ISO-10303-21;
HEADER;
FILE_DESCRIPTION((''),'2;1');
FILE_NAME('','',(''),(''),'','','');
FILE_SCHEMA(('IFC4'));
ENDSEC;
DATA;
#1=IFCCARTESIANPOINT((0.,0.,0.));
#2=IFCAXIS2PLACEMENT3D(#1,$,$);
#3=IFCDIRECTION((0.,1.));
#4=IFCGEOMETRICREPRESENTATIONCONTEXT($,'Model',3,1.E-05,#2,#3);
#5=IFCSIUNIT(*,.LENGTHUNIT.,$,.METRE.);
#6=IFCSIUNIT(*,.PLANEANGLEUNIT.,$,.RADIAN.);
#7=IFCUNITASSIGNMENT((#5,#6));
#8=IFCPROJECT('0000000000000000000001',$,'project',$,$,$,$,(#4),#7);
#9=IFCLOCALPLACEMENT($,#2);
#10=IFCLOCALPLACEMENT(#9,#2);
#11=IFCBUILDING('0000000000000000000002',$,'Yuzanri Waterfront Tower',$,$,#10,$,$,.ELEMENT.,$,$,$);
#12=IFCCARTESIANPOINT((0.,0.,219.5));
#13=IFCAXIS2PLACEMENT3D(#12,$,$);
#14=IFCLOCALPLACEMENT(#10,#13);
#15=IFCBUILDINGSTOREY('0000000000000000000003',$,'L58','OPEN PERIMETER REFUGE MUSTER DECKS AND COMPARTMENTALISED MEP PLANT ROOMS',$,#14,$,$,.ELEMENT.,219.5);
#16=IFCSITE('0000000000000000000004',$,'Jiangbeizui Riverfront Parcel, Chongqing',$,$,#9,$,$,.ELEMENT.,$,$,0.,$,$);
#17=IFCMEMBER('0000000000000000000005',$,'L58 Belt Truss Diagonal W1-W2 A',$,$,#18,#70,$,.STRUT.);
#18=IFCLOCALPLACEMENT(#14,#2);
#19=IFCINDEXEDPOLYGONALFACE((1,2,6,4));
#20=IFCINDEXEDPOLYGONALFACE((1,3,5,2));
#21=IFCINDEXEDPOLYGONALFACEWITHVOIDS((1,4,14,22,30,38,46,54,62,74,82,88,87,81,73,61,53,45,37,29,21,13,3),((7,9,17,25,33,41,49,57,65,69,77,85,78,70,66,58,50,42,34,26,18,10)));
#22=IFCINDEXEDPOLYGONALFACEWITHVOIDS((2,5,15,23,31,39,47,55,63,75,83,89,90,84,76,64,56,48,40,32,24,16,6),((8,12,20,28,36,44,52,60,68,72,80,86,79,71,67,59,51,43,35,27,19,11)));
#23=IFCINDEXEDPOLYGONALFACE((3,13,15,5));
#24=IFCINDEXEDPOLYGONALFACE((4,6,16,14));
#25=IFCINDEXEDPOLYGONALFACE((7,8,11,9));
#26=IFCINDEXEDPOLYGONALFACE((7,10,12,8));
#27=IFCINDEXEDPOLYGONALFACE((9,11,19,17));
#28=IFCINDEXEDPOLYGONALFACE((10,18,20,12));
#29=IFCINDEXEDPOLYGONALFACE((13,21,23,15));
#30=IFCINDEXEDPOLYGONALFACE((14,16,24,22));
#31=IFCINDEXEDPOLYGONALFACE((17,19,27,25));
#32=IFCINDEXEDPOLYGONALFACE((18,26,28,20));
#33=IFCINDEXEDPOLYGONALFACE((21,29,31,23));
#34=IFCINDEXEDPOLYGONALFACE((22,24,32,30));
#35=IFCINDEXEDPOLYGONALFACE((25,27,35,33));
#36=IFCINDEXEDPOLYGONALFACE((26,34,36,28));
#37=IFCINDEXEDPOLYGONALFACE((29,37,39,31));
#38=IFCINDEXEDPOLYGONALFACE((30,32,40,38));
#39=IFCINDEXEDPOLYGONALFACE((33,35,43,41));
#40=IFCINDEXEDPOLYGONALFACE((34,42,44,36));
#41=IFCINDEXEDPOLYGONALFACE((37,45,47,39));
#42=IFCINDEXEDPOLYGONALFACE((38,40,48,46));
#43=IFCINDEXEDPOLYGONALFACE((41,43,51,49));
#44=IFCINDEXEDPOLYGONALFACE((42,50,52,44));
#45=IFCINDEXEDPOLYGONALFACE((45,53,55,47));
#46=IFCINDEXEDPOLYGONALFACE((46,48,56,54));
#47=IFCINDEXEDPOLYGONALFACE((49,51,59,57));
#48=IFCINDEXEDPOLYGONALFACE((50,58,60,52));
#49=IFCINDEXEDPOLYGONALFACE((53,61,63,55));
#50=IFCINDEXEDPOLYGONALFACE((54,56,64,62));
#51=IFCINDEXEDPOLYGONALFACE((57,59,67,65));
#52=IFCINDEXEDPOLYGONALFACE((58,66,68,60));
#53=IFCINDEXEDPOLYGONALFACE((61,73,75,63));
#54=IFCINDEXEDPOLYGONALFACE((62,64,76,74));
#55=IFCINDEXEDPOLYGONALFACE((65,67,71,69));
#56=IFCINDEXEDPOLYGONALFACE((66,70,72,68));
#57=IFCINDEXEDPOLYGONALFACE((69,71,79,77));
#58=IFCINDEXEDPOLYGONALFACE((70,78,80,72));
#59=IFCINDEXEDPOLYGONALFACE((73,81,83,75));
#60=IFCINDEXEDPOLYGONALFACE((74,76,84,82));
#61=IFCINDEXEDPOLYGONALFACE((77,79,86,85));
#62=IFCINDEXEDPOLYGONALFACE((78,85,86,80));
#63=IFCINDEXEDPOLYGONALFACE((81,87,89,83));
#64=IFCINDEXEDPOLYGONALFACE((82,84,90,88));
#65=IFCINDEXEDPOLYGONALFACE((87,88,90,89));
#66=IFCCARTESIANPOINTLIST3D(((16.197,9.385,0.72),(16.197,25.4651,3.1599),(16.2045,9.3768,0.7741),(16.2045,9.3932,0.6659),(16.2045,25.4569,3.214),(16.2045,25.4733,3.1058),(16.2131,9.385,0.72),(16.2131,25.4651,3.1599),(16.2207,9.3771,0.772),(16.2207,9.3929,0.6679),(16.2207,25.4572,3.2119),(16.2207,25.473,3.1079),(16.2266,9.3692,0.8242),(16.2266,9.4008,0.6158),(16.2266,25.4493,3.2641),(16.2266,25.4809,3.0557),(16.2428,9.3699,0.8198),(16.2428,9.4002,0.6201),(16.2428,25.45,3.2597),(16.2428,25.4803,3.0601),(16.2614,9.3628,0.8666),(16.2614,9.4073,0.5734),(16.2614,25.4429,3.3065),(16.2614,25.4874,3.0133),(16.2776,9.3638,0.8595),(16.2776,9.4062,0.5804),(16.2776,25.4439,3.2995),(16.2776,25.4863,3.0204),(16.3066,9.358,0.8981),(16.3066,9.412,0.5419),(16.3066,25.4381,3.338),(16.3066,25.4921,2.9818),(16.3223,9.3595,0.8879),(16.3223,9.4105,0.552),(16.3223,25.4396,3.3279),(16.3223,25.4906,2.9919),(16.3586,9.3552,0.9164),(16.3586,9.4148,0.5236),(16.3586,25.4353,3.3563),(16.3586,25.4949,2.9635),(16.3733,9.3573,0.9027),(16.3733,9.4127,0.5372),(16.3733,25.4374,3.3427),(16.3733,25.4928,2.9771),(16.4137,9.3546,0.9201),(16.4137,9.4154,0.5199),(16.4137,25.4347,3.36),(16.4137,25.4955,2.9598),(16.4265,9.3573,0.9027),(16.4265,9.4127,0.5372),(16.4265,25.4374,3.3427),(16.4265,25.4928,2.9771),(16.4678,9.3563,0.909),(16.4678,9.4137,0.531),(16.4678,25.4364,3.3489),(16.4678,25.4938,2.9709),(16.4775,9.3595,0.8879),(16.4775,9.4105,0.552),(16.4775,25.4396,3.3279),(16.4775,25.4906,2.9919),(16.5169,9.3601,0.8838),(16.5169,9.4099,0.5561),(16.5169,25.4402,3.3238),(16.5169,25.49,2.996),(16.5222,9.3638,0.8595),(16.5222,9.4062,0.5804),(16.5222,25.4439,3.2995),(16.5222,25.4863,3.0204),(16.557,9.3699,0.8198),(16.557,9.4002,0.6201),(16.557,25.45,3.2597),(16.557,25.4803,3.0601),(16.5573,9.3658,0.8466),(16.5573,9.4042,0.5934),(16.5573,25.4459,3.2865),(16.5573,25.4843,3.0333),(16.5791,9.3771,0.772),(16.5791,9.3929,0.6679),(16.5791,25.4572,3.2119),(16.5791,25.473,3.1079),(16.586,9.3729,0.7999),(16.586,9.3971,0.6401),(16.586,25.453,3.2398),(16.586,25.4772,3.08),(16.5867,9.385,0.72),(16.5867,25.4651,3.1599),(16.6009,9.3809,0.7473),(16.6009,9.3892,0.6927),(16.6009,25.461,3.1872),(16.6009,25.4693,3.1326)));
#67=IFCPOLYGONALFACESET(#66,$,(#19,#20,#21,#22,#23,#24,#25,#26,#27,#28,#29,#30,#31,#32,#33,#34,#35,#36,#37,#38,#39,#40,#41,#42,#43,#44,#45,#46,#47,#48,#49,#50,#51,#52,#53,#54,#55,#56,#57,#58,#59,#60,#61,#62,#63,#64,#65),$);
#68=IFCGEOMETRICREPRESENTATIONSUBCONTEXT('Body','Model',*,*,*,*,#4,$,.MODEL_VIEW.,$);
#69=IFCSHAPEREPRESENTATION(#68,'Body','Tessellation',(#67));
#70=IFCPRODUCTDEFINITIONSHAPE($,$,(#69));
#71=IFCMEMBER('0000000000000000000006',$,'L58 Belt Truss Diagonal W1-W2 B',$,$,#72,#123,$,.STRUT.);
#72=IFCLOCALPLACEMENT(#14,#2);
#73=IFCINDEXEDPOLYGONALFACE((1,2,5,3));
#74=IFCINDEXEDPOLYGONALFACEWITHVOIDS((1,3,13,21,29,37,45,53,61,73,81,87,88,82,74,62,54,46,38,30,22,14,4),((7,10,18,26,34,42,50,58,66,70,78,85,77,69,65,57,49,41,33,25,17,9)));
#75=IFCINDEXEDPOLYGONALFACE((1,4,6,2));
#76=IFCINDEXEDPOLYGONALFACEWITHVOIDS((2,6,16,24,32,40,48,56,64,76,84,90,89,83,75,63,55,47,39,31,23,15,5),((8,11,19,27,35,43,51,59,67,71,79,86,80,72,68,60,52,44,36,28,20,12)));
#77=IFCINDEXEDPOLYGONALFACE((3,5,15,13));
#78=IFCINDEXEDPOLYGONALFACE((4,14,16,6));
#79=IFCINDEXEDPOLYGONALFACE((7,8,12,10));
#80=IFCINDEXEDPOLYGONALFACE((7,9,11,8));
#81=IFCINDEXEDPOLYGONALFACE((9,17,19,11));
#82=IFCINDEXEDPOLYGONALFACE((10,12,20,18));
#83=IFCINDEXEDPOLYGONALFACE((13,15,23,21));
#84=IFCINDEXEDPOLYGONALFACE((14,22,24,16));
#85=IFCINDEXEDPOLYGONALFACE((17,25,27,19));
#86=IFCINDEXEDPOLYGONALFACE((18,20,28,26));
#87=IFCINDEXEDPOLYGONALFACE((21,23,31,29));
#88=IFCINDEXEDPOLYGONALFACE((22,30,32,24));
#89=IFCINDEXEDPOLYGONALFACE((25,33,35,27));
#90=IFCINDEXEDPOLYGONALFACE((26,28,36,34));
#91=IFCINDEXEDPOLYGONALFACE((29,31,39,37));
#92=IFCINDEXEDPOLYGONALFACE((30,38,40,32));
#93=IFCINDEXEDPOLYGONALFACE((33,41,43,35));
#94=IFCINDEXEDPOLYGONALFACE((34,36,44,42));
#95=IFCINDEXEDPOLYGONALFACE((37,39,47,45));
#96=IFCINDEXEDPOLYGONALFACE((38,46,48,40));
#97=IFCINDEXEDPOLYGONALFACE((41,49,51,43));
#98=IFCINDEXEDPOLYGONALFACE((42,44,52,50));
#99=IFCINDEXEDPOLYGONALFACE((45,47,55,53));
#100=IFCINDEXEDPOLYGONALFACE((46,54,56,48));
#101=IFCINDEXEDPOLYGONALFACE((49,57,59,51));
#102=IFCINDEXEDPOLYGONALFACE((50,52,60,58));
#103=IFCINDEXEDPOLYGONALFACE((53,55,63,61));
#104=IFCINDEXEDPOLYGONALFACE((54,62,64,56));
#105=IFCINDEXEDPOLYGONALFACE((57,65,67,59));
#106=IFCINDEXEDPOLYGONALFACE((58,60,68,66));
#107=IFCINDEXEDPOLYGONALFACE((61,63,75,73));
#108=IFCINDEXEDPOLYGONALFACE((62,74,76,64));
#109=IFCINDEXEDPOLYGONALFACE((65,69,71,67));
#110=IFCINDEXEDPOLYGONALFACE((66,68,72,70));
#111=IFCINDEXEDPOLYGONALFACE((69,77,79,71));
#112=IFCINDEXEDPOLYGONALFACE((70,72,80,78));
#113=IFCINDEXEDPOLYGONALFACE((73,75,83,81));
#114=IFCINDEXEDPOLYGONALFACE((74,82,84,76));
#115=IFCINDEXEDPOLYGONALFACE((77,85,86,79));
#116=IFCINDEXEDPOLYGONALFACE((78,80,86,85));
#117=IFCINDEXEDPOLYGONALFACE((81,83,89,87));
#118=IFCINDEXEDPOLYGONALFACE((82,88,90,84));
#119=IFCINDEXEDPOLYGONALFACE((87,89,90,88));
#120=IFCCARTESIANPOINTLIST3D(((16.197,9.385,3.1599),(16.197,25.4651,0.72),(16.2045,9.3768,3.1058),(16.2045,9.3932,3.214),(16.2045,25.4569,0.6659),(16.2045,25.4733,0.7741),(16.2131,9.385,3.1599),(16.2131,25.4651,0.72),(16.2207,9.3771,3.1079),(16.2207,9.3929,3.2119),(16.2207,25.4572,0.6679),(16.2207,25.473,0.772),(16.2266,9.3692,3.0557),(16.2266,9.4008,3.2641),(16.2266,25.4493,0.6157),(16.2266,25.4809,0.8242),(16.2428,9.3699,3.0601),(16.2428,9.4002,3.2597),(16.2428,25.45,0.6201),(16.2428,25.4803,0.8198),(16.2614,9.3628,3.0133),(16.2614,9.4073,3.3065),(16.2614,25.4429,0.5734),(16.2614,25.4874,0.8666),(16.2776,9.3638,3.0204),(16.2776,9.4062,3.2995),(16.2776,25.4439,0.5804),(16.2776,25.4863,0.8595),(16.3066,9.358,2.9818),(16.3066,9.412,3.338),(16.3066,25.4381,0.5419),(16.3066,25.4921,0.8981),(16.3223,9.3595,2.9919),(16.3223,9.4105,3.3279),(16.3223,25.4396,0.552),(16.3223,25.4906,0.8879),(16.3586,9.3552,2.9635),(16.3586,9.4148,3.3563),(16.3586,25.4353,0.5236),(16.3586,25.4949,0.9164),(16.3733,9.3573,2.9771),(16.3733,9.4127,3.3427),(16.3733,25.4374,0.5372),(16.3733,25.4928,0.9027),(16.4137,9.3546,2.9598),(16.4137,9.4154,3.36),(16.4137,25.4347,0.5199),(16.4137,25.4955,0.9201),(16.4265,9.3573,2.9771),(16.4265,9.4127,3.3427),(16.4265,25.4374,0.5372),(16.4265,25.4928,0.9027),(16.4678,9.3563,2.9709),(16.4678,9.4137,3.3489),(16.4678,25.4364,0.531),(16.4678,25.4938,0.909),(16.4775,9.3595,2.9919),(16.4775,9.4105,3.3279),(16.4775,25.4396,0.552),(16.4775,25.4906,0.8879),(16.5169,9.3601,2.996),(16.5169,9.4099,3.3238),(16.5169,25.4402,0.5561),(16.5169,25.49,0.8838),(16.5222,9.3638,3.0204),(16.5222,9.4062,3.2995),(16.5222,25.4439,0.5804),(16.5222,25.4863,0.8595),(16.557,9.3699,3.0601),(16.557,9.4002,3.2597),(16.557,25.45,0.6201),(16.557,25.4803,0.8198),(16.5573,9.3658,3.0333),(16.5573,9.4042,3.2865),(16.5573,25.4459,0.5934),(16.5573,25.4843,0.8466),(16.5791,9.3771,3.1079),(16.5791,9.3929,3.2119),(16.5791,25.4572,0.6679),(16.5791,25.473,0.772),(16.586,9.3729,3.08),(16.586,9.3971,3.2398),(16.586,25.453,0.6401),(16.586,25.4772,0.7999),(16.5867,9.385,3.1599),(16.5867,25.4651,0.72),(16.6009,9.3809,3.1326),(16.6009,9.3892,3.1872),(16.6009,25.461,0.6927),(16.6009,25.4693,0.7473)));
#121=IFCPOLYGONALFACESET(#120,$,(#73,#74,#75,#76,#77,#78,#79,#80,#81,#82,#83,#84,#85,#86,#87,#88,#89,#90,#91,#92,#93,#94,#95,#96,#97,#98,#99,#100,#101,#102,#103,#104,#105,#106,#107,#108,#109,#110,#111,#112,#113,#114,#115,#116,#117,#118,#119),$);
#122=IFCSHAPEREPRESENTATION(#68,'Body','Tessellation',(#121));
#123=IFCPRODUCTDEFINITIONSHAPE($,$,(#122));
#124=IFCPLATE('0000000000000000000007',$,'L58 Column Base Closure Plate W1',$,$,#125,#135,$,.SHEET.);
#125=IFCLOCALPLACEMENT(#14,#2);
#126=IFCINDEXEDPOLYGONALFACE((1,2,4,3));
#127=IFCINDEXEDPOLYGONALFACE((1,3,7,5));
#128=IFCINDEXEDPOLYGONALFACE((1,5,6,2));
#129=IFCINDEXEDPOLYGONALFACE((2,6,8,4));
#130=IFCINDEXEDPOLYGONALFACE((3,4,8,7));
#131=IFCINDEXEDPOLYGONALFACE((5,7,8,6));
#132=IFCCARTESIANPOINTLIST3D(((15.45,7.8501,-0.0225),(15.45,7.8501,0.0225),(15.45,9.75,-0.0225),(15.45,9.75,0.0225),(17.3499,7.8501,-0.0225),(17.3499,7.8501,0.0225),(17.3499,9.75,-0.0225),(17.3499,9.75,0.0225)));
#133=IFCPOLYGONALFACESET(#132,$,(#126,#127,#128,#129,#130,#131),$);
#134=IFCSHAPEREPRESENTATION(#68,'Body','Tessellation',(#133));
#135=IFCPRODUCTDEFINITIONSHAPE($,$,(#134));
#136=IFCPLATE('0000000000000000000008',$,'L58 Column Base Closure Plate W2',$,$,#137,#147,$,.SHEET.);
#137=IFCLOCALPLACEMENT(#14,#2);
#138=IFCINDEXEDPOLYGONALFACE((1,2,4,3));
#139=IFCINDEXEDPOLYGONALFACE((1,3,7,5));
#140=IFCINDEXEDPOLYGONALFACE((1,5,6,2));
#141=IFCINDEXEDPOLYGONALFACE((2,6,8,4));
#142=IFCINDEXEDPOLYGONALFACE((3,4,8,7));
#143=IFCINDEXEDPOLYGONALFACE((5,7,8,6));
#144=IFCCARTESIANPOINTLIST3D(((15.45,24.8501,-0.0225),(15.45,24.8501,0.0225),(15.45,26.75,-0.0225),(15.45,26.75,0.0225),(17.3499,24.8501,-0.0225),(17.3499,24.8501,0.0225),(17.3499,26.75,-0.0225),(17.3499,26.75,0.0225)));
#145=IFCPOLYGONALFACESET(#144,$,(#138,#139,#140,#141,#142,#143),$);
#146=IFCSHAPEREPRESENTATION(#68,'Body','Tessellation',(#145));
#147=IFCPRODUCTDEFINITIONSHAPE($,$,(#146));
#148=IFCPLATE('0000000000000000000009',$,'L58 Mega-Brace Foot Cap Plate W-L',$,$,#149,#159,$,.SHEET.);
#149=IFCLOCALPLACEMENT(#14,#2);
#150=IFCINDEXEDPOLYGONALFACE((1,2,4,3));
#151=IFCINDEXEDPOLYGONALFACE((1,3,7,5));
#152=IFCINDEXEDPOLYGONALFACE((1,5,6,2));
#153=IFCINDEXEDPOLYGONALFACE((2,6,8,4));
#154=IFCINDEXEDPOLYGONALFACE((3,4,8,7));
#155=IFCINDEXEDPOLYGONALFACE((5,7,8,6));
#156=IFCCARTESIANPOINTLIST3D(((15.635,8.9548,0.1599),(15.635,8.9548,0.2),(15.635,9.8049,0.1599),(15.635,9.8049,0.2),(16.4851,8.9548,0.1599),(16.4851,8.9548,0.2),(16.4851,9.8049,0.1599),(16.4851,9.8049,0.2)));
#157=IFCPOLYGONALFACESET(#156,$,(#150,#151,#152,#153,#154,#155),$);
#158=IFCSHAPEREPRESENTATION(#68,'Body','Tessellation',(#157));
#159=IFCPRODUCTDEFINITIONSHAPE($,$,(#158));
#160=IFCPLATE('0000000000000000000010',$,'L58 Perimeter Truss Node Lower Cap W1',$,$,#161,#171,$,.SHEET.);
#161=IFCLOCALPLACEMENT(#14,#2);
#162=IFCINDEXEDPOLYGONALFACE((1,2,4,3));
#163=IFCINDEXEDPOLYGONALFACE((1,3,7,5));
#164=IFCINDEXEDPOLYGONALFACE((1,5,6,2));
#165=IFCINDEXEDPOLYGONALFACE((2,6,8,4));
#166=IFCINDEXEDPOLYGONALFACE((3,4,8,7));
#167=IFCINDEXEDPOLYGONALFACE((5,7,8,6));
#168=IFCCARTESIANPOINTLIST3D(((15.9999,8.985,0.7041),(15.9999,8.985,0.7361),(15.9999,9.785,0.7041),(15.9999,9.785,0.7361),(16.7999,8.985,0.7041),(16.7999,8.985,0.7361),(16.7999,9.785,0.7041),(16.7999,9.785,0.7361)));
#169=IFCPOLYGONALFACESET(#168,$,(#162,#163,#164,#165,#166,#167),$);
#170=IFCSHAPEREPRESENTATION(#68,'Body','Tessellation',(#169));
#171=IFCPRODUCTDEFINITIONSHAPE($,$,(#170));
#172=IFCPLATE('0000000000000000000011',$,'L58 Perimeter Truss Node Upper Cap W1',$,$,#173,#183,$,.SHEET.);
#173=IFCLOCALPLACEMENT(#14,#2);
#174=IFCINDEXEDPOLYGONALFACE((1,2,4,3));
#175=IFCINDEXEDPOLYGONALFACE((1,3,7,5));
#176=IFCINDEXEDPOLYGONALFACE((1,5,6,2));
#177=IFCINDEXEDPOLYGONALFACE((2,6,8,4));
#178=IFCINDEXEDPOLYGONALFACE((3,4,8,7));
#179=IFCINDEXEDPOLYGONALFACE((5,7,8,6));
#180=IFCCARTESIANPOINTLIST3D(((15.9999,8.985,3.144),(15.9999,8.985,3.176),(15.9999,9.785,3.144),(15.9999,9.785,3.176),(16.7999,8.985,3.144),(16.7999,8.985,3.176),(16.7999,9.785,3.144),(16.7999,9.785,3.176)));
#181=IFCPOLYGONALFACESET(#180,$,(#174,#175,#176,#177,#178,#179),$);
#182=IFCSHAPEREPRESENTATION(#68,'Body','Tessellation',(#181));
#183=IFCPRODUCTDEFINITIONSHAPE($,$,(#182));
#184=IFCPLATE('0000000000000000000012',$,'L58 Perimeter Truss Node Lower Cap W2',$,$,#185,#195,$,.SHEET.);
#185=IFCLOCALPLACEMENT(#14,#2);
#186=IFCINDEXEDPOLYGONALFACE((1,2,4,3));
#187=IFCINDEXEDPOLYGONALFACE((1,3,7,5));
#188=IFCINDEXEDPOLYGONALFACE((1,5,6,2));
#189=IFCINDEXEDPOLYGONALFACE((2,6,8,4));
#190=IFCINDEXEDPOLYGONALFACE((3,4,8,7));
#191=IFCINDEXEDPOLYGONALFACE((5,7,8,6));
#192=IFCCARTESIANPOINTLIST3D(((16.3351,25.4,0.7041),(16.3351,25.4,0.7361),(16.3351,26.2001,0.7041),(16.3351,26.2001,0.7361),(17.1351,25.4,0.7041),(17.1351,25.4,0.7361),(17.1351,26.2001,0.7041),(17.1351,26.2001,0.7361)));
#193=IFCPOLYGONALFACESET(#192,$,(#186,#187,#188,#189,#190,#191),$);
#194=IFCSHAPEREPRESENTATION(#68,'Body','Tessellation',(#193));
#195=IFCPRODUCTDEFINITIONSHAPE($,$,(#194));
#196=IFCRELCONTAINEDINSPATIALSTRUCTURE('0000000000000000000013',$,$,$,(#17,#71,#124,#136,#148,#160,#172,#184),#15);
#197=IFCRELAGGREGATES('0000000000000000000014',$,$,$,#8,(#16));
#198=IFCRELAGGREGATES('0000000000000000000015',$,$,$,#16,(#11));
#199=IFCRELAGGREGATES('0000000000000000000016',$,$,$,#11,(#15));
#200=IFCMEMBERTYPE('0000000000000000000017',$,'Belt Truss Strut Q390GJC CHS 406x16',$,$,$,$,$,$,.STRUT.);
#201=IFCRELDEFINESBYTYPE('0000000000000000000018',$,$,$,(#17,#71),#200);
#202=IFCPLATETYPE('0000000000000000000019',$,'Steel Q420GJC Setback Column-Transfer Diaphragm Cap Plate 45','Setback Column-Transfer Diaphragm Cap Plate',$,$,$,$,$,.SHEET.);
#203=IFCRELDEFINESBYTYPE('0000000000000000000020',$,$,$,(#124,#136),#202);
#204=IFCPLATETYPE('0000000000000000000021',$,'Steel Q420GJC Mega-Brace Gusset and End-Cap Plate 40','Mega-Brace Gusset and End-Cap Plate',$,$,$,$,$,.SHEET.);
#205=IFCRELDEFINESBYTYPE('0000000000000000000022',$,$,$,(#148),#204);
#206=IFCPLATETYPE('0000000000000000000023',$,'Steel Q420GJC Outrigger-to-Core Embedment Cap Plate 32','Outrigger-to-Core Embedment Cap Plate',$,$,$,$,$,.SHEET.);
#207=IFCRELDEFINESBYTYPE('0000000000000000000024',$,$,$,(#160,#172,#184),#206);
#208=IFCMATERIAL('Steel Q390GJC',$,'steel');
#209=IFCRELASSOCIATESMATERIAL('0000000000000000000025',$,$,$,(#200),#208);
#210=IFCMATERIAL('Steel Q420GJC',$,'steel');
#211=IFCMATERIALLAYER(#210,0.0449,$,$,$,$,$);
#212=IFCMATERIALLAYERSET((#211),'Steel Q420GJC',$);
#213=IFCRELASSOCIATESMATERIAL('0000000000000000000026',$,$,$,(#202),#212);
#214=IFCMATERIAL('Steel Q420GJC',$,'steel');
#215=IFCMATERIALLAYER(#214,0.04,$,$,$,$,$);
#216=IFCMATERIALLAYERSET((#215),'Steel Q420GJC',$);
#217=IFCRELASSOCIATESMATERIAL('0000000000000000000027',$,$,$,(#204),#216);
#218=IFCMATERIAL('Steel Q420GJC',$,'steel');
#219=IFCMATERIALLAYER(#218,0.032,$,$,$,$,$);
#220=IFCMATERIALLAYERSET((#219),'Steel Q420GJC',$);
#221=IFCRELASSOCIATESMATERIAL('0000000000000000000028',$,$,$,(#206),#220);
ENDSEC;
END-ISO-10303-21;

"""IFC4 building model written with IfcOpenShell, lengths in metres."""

from ifc_helpers import new_model, si_unit, direction, frame, origin, origin_2d, place, context, subcontext, project, spatial, rectangle, hollow_circle, extrude, source, transform, mapped, material, layer, layer_set, material_profile, profile_set, type_object, element, save


model = new_model("IFC4")

# Units and contexts
model_context = context("Model", 3, precision=1e-05, world=origin(), true_north=direction((0.0, 1.0)))
body_context = subcontext(model_context, "Body", "Model", "MODEL_VIEW")
ifc_project = project(units=[si_unit("LENGTHUNIT", "METRE"), si_unit("PLANEANGLEUNIT", "RADIAN")], contexts=[model_context])

# Site, building, storey
site_placement = place(None, origin())
site = spatial("IfcSite", under=ifc_project, at=site_placement, Name="Jiangbeizui Riverfront Parcel, Chongqing", CompositionType="ELEMENT", RefElevation=0.0)
building_placement = place(site_placement, origin())
building = spatial("IfcBuilding", under=site, at=building_placement, Name="Yuzanri Waterfront Tower", CompositionType="ELEMENT")
storey_placement = place(building_placement, frame((0.0, 0.0, 219.5)))
storey = spatial("IfcBuildingStorey", under=building, at=storey_placement, Name="L58", Description="OPEN PERIMETER REFUGE MUSTER DECKS AND COMPARTMENTALISED MEP PLANT ROOMS", CompositionType="ELEMENT", Elevation=219.5)

# Members
ifc_material_1 = material(Name="Steel Q390GJC", Category="steel")
ifc_material_profile_1 = material_profile(ifc_material_1, hollow_circle(Radius=0.2029, WallThickness=0.0161, at=origin_2d()), Name="CHS 406x16")
ifc_profile_set_1 = profile_set([ifc_material_profile_1], Name="Steel Q390GJC")
member_type_1 = type_object("IfcMemberType", Name="Belt Truss Strut Q390GJC CHS 406x16", PredefinedType="STRUT", material=ifc_profile_set_1)
shared_shape_1 = source(origin(), body_context, "Body", "SweptSolid", [
    extrude(hollow_circle(Radius=0.2029, WallThickness=0.0161, at=origin_2d()), origin(), (0.0, 0.0, 1.0), 16.2642),
])
for number, where, z_axis, x_axis, name in (
    (1, (16.3999, 9.385, 0.72), (0.0, 0.988683, 0.15002), (-1.0, 0.0, 0.0), "L58 Belt Truss Diagonal W1-W2 A"),
    (2, (16.3999, 9.385, 3.1599), (0.0, 0.988683, -0.15002), (-1.0, 0.0, 0.0), "L58 Belt Truss Diagonal W1-W2 B"),
):
    element("IfcMember", number, at=place(storey_placement, frame(where, z_axis=z_axis, x_axis=x_axis)), inside=storey, type_object=member_type_1, Name=name, PredefinedType="STRUT", context=body_context, shape_type="MappedRepresentation", body=[
        mapped(shared_shape_1, transform((0.0, 0.0, 0.0), scale=1.0)),
    ])

# Plates
ifc_material_2 = material(Name="Steel Q420GJC", Category="steel")
ifc_layer_1 = layer(ifc_material_2, 0.0449)
ifc_layer_set_1 = layer_set([ifc_layer_1], Name="Steel Q420GJC")
plate_type_1 = type_object("IfcPlateType", Name="Steel Q420GJC Setback Column-Transfer Diaphragm Cap Plate 45", Description="Setback Column-Transfer Diaphragm Cap Plate", PredefinedType="SHEET", material=ifc_layer_set_1)
shared_shape_2 = source(origin(), body_context, "Body", "SweptSolid", [
    extrude(rectangle(XDim=1.8999, YDim=1.8999, at=origin_2d()), origin(), (0.0, 0.0, 1.0), 0.0449),
])
for number, where, z_axis, x_axis, name in (
    (3, (16.3999, 8.8, -0.0225), (0.0, 0.0, 1.0), (1.0, 0.0, 0.0), "L58 Column Base Closure Plate W1"),
    (4, (16.3999, 25.8, -0.0225), (0.0, 0.0, 1.0), (1.0, 0.0, 0.0), "L58 Column Base Closure Plate W2"),
):
    element("IfcPlate", number, at=place(storey_placement, frame(where, z_axis=z_axis, x_axis=x_axis)), inside=storey, type_object=plate_type_1, Name=name, PredefinedType="SHEET", context=body_context, shape_type="MappedRepresentation", body=[
        mapped(shared_shape_2, transform((0.0, 0.0, 0.0), scale=1.0)),
    ])
ifc_material_3 = material(Name="Steel Q420GJC", Category="steel")
ifc_layer_2 = layer(ifc_material_3, 0.04)
ifc_layer_set_2 = layer_set([ifc_layer_2], Name="Steel Q420GJC")
plate_type_2 = type_object("IfcPlateType", Name="Steel Q420GJC Mega-Brace Gusset and End-Cap Plate 40", Description="Mega-Brace Gusset and End-Cap Plate", PredefinedType="SHEET", material=ifc_layer_set_2)
shared_shape_3 = source(origin(), body_context, "Body", "SweptSolid", [
    extrude(rectangle(XDim=0.8501, YDim=0.8501, at=origin_2d()), origin(), (0.0, 0.0, 1.0), 0.04),
])
plate_placement = place(storey_placement, frame((16.0601, 9.3799, 0.1599), z_axis=(0.0, 0.0, 1.0), x_axis=(1.0, 0.0, 0.0)))
element("IfcPlate", 5, at=plate_placement, inside=storey, type_object=plate_type_2, Name="L58 Mega-Brace Foot Cap Plate W-L", PredefinedType="SHEET", context=body_context, shape_type="MappedRepresentation", body=[
    mapped(shared_shape_3, transform((0.0, 0.0, 0.0), scale=1.0)),
])
ifc_material_4 = material(Name="Steel Q420GJC", Category="steel")
ifc_layer_3 = layer(ifc_material_4, 0.032)
ifc_layer_set_3 = layer_set([ifc_layer_3], Name="Steel Q420GJC")
plate_type_3 = type_object("IfcPlateType", Name="Steel Q420GJC Outrigger-to-Core Embedment Cap Plate 32", Description="Outrigger-to-Core Embedment Cap Plate", PredefinedType="SHEET", material=ifc_layer_set_3)
shared_shape_4 = source(origin(), body_context, "Body", "SweptSolid", [
    extrude(rectangle(XDim=0.8, YDim=0.8, at=origin_2d()), origin(), (0.0, 0.0, 1.0), 0.032),
])
for number, where, z_axis, x_axis, name in (
    (6, (16.3999, 9.385, 0.7041), (0.0, 0.0, 1.0), (1.0, 0.0, 0.0), "L58 Perimeter Truss Node Lower Cap W1"),
    (7, (16.3999, 9.385, 3.144), (0.0, 0.0, 1.0), (1.0, 0.0, 0.0), "L58 Perimeter Truss Node Upper Cap W1"),
    (8, (16.7351, 25.8, 0.7041), (0.0, 0.0, 1.0), (1.0, 0.0, 0.0), "L58 Perimeter Truss Node Lower Cap W2"),
):
    element("IfcPlate", number, at=place(storey_placement, frame(where, z_axis=z_axis, x_axis=x_axis)), inside=storey, type_object=plate_type_3, Name=name, PredefinedType="SHEET", context=body_context, shape_type="MappedRepresentation", body=[
        mapped(shared_shape_4, transform((0.0, 0.0, 0.0), scale=1.0)),
    ])

save(model, "model.ifc")
